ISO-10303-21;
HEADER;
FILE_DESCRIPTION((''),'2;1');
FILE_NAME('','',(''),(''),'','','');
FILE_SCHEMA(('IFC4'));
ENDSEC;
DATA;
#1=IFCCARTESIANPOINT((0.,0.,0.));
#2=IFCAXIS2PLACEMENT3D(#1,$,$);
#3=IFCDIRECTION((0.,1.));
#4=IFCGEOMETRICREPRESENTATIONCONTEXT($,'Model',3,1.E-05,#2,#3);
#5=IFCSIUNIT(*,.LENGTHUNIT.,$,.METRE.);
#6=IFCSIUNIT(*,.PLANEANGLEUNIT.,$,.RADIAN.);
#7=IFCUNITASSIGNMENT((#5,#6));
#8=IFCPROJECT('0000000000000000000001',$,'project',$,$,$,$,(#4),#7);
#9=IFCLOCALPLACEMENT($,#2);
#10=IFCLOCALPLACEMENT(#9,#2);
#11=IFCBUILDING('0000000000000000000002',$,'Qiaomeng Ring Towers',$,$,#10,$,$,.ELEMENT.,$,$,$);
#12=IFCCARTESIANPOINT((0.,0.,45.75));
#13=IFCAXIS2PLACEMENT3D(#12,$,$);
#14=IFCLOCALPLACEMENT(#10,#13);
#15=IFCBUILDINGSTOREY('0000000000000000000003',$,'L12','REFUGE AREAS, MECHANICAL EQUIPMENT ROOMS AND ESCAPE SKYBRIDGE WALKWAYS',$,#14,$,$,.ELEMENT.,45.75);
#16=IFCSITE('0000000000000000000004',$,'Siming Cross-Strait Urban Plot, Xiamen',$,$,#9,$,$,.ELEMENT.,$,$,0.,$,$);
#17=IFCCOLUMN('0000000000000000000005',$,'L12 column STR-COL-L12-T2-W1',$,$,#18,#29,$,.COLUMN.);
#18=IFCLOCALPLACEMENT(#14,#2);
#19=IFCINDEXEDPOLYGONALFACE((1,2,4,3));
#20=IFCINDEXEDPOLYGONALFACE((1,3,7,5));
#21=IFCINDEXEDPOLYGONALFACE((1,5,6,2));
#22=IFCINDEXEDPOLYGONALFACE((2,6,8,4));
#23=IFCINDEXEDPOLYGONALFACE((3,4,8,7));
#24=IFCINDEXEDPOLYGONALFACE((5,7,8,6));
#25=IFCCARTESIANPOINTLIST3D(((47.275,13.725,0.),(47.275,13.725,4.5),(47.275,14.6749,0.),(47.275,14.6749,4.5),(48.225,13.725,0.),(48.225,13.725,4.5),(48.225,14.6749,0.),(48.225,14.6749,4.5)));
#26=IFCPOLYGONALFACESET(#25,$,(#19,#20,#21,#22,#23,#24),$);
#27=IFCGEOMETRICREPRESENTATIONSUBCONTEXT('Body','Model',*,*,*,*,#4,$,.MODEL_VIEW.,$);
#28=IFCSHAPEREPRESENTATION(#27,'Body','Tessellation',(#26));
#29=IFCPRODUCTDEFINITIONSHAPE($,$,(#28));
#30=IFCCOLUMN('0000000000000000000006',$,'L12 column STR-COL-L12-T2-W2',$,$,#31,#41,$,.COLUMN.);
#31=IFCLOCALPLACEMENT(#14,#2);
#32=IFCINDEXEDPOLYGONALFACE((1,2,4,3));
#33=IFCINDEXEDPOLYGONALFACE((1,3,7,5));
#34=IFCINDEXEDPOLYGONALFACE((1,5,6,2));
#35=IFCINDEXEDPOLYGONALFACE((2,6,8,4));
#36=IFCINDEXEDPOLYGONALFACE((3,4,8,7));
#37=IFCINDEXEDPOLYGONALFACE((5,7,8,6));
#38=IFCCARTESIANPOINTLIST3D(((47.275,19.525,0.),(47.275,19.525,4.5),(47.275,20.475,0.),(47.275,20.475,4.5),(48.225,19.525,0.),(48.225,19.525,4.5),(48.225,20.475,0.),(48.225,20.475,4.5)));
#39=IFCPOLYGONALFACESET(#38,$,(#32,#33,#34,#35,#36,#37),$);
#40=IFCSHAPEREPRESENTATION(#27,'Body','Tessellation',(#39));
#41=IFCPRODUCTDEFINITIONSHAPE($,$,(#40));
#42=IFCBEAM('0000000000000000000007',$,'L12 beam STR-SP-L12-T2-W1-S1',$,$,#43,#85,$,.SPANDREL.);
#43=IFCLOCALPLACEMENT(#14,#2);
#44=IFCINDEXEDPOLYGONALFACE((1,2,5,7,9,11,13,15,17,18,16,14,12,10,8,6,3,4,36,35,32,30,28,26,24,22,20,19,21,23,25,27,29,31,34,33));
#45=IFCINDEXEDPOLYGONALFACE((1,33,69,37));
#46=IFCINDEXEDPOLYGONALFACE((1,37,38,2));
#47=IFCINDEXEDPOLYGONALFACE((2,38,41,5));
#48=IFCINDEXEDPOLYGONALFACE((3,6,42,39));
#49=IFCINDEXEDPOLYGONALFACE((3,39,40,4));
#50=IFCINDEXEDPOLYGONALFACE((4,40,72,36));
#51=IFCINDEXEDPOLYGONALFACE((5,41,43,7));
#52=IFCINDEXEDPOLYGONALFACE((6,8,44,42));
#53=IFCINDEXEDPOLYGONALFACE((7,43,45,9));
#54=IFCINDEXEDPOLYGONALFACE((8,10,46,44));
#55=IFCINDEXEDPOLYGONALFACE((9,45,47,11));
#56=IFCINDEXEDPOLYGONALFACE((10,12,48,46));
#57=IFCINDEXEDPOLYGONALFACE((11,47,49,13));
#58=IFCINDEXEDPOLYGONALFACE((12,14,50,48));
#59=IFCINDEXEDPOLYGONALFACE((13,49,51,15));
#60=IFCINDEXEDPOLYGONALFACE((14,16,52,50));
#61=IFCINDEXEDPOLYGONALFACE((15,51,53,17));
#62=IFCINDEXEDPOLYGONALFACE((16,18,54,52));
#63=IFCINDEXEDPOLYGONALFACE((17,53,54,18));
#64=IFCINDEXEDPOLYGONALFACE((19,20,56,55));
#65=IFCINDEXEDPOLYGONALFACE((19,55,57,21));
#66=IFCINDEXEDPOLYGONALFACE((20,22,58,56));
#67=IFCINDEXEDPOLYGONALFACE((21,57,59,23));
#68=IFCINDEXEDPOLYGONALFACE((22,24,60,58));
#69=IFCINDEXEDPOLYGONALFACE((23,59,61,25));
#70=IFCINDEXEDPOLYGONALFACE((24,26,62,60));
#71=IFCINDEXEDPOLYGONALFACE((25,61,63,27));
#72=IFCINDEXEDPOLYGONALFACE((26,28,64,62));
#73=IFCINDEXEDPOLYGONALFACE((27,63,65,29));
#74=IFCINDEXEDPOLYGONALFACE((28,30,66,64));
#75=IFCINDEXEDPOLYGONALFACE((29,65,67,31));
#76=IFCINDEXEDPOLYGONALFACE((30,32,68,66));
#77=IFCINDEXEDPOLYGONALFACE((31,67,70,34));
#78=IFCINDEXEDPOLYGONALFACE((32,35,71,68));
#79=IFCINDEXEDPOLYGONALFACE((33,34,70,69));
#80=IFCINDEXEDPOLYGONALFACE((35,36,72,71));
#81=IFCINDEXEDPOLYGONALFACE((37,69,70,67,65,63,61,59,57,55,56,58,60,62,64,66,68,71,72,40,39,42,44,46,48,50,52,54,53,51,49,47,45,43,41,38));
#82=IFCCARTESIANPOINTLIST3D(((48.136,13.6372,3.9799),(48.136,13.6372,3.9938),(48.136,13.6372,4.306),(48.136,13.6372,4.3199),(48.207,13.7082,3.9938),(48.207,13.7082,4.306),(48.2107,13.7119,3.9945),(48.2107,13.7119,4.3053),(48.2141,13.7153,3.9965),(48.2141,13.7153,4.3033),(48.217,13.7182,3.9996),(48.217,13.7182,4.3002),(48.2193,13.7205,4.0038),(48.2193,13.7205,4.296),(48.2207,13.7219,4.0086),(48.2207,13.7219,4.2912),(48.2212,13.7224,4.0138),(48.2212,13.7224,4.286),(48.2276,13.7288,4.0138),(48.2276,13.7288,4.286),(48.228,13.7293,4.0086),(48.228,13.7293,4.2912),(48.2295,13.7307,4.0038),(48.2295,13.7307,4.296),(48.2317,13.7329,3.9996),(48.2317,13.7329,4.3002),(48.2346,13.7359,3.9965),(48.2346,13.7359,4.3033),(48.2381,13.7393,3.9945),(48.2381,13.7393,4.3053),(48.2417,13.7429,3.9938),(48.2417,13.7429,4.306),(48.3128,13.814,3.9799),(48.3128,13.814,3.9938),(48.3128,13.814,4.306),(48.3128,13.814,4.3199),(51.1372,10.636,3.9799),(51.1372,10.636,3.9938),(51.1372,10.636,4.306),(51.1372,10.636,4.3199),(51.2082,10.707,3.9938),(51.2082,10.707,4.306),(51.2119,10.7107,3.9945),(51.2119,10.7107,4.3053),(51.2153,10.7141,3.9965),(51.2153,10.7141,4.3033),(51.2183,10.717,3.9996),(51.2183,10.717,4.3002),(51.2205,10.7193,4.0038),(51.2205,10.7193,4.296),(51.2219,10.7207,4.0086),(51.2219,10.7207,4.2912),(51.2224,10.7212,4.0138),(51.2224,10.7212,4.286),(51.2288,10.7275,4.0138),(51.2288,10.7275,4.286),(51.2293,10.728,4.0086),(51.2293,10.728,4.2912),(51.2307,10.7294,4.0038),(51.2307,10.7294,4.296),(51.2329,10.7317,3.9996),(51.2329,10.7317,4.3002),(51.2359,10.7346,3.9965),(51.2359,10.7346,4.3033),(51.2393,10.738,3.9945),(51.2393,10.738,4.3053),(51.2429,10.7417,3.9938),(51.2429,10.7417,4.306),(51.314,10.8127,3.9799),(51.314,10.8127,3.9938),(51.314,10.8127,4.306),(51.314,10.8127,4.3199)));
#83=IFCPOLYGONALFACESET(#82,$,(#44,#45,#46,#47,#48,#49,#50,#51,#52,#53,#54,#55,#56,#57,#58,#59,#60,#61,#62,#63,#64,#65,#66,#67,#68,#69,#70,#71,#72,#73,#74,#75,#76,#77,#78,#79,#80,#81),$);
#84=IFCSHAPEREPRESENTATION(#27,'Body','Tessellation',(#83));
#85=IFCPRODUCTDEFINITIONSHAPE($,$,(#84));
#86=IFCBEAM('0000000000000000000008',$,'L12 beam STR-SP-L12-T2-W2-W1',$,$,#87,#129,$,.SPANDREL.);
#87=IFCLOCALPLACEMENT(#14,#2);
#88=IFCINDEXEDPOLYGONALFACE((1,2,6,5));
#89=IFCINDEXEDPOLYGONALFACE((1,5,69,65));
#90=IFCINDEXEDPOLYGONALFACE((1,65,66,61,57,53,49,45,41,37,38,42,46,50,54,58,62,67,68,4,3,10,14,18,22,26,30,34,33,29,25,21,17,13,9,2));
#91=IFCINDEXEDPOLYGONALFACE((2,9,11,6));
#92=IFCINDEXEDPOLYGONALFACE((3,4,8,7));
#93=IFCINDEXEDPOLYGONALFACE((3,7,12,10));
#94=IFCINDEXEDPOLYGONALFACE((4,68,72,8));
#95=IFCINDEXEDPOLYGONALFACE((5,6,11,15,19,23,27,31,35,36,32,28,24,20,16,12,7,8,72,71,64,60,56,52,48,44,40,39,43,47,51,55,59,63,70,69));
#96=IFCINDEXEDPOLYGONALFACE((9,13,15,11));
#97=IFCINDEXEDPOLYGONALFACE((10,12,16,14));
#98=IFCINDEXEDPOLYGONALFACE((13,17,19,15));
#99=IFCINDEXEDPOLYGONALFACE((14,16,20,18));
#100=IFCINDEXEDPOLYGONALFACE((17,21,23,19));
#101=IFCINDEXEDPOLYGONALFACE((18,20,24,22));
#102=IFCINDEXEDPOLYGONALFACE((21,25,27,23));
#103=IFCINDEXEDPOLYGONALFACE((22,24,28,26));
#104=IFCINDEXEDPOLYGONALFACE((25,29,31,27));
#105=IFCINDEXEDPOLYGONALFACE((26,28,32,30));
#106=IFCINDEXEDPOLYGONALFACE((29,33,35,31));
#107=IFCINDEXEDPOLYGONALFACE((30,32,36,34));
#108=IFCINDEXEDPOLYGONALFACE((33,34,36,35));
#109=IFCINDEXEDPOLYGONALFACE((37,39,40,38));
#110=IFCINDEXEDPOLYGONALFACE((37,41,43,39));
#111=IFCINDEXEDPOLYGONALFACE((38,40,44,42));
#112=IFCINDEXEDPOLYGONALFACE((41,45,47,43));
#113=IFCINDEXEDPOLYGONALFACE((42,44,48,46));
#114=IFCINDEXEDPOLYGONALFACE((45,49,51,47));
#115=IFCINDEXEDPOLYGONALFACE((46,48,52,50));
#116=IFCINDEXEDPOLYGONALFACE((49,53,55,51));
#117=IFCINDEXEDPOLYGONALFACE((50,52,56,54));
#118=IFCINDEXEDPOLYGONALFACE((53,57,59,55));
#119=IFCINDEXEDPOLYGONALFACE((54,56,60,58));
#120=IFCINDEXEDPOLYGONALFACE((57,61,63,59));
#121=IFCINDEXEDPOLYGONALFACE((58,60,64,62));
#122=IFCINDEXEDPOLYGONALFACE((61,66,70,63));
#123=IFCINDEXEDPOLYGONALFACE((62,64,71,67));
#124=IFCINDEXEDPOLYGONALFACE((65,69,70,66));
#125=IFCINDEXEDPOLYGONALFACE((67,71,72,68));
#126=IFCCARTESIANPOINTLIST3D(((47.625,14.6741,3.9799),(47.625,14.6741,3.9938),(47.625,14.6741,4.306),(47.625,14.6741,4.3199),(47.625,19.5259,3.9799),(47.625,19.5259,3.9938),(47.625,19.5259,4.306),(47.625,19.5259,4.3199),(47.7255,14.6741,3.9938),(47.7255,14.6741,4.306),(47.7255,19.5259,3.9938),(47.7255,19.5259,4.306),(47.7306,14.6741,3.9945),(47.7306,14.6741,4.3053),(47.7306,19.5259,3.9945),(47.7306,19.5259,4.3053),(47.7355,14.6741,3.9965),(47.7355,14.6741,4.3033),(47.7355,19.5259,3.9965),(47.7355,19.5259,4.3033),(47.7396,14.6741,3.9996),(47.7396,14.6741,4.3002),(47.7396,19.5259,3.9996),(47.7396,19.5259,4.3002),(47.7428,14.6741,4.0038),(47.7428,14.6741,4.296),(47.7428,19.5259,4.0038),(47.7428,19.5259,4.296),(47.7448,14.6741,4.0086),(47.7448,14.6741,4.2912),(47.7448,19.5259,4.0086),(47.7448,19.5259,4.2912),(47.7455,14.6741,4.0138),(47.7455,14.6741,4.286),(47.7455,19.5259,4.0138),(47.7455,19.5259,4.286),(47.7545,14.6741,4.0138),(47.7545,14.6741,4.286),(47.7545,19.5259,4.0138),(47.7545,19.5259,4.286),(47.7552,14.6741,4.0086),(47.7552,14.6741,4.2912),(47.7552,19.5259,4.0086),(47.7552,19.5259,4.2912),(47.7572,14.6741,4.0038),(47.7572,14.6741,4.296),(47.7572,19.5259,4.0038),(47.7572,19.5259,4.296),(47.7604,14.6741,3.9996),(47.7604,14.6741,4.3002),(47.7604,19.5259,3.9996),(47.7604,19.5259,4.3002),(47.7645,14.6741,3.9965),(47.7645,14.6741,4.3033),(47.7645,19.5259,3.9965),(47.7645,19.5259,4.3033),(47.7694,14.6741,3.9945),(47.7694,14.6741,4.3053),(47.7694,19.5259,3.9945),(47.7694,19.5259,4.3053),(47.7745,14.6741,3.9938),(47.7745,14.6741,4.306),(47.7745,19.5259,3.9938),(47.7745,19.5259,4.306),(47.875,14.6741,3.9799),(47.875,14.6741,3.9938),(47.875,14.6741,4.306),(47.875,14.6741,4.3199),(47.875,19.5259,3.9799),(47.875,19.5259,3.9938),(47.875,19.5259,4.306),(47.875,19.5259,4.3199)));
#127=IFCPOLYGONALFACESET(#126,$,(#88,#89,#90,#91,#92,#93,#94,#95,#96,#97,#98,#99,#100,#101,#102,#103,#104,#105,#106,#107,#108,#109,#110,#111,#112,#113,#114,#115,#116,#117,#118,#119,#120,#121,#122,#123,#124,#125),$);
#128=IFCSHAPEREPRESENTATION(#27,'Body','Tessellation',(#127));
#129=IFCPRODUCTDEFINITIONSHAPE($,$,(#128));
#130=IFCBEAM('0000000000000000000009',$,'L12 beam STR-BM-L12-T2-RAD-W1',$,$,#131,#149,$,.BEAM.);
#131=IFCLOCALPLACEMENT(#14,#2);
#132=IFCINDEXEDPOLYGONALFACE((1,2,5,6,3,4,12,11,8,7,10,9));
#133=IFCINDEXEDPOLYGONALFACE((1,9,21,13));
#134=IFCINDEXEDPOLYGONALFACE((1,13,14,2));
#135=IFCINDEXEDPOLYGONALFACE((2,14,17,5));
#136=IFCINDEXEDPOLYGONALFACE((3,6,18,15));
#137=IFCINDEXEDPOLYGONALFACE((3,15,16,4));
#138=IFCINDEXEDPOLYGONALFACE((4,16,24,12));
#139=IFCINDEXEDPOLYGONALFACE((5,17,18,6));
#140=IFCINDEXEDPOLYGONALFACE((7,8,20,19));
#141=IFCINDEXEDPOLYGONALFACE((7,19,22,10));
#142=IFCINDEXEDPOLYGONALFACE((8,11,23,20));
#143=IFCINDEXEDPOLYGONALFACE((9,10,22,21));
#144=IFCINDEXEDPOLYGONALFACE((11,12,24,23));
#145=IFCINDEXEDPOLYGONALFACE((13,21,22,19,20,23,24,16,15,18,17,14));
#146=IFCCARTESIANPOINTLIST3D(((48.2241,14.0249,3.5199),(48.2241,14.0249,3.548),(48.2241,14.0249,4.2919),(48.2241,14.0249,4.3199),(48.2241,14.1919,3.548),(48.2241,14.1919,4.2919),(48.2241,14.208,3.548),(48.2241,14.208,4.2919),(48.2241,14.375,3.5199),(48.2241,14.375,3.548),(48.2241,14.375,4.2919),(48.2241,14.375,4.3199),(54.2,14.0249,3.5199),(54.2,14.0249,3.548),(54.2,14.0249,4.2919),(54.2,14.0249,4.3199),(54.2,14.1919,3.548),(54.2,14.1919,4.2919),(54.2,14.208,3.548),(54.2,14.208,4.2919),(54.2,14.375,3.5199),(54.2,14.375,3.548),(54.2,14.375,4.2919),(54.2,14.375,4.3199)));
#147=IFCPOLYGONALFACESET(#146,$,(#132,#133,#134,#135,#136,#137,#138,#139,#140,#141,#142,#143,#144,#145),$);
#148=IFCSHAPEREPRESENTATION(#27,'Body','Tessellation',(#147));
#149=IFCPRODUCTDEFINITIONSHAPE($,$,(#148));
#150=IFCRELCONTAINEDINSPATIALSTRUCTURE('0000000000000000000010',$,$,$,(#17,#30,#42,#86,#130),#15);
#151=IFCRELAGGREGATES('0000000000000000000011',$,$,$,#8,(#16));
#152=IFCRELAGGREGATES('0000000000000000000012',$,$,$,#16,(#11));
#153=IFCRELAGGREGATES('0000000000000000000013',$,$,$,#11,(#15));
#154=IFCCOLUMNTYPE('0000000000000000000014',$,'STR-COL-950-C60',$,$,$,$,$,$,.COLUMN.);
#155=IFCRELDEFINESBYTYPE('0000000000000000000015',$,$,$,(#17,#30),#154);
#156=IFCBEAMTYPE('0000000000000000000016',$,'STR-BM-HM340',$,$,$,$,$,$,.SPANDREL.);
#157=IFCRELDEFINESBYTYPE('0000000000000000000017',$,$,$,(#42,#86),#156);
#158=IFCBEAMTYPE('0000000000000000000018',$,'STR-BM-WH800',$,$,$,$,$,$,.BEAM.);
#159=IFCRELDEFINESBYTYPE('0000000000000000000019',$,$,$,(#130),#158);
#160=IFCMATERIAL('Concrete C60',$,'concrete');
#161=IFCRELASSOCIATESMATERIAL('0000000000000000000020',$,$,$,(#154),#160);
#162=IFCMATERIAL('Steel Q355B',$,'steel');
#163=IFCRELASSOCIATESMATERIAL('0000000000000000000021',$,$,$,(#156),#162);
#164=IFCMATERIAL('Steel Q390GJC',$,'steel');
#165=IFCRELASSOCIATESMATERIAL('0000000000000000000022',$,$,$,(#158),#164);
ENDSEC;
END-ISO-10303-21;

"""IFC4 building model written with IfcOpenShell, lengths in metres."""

from ifc_helpers import new_model, si_unit, direction, frame, origin, origin_2d, place, context, subcontext, project, spatial, rectangle, i_section, extrude, source, transform, mapped, material, material_profile, profile_set, type_object, element, save


model = new_model("IFC4")

# Units and contexts
model_context = context("Model", 3, precision=1e-05, world=origin(), true_north=direction((0.0, 1.0)))
body_context = subcontext(model_context, "Body", "Model", "MODEL_VIEW")
ifc_project = project(units=[si_unit("LENGTHUNIT", "METRE"), si_unit("PLANEANGLEUNIT", "RADIAN")], contexts=[model_context])

# Site, building, storey
site_placement = place(None, origin())
site = spatial("IfcSite", under=ifc_project, at=site_placement, Name="Siming Cross-Strait Urban Plot, Xiamen", CompositionType="ELEMENT", RefElevation=0.0)
building_placement = place(site_placement, origin())
building = spatial("IfcBuilding", under=site, at=building_placement, Name="Qiaomeng Ring Towers", CompositionType="ELEMENT")
storey_placement = place(building_placement, frame((0.0, 0.0, 45.75)))
storey = spatial("IfcBuildingStorey", under=building, at=storey_placement, Name="L12", Description="REFUGE AREAS, MECHANICAL EQUIPMENT ROOMS AND ESCAPE SKYBRIDGE WALKWAYS", CompositionType="ELEMENT", Elevation=45.75)

# Columns
ifc_material_1 = material(Name="Concrete C60", Category="concrete")
ifc_material_profile_1 = material_profile(ifc_material_1, rectangle(XDim=0.95, YDim=0.95, at=origin_2d()), Name="RC COL 950x950")
ifc_profile_set_1 = profile_set([ifc_material_profile_1], Name="Concrete C60")
column_type = type_object("IfcColumnType", Name="STR-COL-950-C60", PredefinedType="COLUMN", material=ifc_profile_set_1)
shared_shape_1 = source(origin(), body_context, "Body", "SweptSolid", [
    extrude(rectangle(XDim=0.95, YDim=0.95, at=origin_2d()), origin(), (0.0, 0.0, 1.0), 4.5),
])
for number, where, z_axis, x_axis, name in (
    (1, (47.75, 14.2, 0.0), (0.0, 0.0, 1.0), (1.0, 0.0, 0.0), "L12 column STR-COL-L12-T2-W1"),
    (2, (47.75, 20.0, 0.0), (0.0, 0.0, 1.0), (1.0, 0.0, 0.0), "L12 column STR-COL-L12-T2-W2"),
):
    element("IfcColumn", number, at=place(storey_placement, frame(where, z_axis=z_axis, x_axis=x_axis)), inside=storey, type_object=column_type, Name=name, PredefinedType="COLUMN", context=body_context, shape_type="MappedRepresentation", body=[
        mapped(shared_shape_1, transform((0.0, 0.0, 0.0), x_axis=(1.0, 0.0, 0.0), y_axis=(0.0, 1.0, 0.0), z_axis=(0.0, 0.0, 1.0), scale=1.0)),
    ])

# Beams
ifc_material_2 = material(Name="Steel Q355B", Category="steel")
ifc_material_profile_2 = material_profile(ifc_material_2, i_section(OverallWidth=0.25, OverallDepth=0.3401, WebThickness=0.009, FlangeThickness=0.0139, FilletRadius=0.02, at=origin_2d()), Name="HM 340x250x9x14")
ifc_profile_set_2 = profile_set([ifc_material_profile_2], Name="Steel Q355B")
beam_type_1 = type_object("IfcBeamType", Name="STR-BM-HM340", PredefinedType="SPANDREL", material=ifc_profile_set_2)
shared_shape_2 = source(origin(), body_context, "Body", "SweptSolid", [
    extrude(i_section(OverallWidth=0.25, OverallDepth=0.3401, WebThickness=0.009, FlangeThickness=0.0139, FilletRadius=0.02, at=origin_2d()), origin(), (0.0, 0.0, 1.0), 4.2444),
])
beam_1_placement = place(storey_placement, frame((48.2244, 13.7256, 4.1499), z_axis=(0.707107, -0.707107, 0.0), x_axis=(0.707107, 0.707107, 0.0)))
element("IfcBeam", 3, at=beam_1_placement, inside=storey, type_object=beam_type_1, Name="L12 beam STR-SP-L12-T2-W1-S1", PredefinedType="SPANDREL", context=body_context, shape_type="MappedRepresentation", body=[
    mapped(shared_shape_2, transform((0.0, 0.0, 0.0), x_axis=(1.0, 0.0, 0.0), y_axis=(0.0, 1.0, 0.0), z_axis=(0.0, 0.0, 1.0), scale=1.0)),
])
shared_shape_3 = source(origin(), body_context, "Body", "SweptSolid", [
    extrude(i_section(OverallWidth=0.25, OverallDepth=0.3401, WebThickness=0.009, FlangeThickness=0.0139, FilletRadius=0.02, at=origin_2d()), origin(), (0.0, 0.0, 1.0), 4.8518),
])
beam_2_placement = place(storey_placement, frame((47.75, 19.5259, 4.1499), z_axis=(0.0, -1.0, 0.0), x_axis=(1.0, 0.0, 0.0)))
element("IfcBeam", 4, at=beam_2_placement, inside=storey, type_object=beam_type_1, Name="L12 beam STR-SP-L12-T2-W2-W1", PredefinedType="SPANDREL", context=body_context, shape_type="MappedRepresentation", body=[
    mapped(shared_shape_3, transform((0.0, 0.0, 0.0), x_axis=(1.0, 0.0, 0.0), y_axis=(0.0, 1.0, 0.0), z_axis=(0.0, 0.0, 1.0), scale=1.0)),
])
ifc_material_3 = material(Name="Steel Q390GJC", Category="steel")
ifc_material_profile_3 = material_profile(ifc_material_3, i_section(OverallWidth=0.3501, OverallDepth=0.8, WebThickness=0.0161, FlangeThickness=0.0281, at=origin_2d()), Name="WH 800x350x16x28")
ifc_profile_set_3 = profile_set([ifc_material_profile_3], Name="Steel Q390GJC")
beam_type_2 = type_object("IfcBeamType", Name="STR-BM-WH800", PredefinedType="BEAM", material=ifc_profile_set_3)
shared_shape_4 = source(origin(), body_context, "Body", "SweptSolid", [
    extrude(i_section(OverallWidth=0.3501, OverallDepth=0.8, WebThickness=0.0161, FlangeThickness=0.0281, at=origin_2d()), origin(), (0.0, 0.0, 1.0), 5.9758),
])
beam_3_placement = place(storey_placement, frame((48.2241, 14.2, 3.9199), z_axis=(1.0, 0.0, 0.0), x_axis=(0.0, 1.0, 0.0)))
element("IfcBeam", 5, at=beam_3_placement, inside=storey, type_object=beam_type_2, Name="L12 beam STR-BM-L12-T2-RAD-W1", PredefinedType="BEAM", context=body_context, shape_type="MappedRepresentation", body=[
    mapped(shared_shape_4, transform((0.0, 0.0, 0.0), x_axis=(1.0, 0.0, 0.0), y_axis=(0.0, 1.0, 0.0), z_axis=(0.0, 0.0, 1.0), scale=1.0)),
])

save(model, "model.ifc")
